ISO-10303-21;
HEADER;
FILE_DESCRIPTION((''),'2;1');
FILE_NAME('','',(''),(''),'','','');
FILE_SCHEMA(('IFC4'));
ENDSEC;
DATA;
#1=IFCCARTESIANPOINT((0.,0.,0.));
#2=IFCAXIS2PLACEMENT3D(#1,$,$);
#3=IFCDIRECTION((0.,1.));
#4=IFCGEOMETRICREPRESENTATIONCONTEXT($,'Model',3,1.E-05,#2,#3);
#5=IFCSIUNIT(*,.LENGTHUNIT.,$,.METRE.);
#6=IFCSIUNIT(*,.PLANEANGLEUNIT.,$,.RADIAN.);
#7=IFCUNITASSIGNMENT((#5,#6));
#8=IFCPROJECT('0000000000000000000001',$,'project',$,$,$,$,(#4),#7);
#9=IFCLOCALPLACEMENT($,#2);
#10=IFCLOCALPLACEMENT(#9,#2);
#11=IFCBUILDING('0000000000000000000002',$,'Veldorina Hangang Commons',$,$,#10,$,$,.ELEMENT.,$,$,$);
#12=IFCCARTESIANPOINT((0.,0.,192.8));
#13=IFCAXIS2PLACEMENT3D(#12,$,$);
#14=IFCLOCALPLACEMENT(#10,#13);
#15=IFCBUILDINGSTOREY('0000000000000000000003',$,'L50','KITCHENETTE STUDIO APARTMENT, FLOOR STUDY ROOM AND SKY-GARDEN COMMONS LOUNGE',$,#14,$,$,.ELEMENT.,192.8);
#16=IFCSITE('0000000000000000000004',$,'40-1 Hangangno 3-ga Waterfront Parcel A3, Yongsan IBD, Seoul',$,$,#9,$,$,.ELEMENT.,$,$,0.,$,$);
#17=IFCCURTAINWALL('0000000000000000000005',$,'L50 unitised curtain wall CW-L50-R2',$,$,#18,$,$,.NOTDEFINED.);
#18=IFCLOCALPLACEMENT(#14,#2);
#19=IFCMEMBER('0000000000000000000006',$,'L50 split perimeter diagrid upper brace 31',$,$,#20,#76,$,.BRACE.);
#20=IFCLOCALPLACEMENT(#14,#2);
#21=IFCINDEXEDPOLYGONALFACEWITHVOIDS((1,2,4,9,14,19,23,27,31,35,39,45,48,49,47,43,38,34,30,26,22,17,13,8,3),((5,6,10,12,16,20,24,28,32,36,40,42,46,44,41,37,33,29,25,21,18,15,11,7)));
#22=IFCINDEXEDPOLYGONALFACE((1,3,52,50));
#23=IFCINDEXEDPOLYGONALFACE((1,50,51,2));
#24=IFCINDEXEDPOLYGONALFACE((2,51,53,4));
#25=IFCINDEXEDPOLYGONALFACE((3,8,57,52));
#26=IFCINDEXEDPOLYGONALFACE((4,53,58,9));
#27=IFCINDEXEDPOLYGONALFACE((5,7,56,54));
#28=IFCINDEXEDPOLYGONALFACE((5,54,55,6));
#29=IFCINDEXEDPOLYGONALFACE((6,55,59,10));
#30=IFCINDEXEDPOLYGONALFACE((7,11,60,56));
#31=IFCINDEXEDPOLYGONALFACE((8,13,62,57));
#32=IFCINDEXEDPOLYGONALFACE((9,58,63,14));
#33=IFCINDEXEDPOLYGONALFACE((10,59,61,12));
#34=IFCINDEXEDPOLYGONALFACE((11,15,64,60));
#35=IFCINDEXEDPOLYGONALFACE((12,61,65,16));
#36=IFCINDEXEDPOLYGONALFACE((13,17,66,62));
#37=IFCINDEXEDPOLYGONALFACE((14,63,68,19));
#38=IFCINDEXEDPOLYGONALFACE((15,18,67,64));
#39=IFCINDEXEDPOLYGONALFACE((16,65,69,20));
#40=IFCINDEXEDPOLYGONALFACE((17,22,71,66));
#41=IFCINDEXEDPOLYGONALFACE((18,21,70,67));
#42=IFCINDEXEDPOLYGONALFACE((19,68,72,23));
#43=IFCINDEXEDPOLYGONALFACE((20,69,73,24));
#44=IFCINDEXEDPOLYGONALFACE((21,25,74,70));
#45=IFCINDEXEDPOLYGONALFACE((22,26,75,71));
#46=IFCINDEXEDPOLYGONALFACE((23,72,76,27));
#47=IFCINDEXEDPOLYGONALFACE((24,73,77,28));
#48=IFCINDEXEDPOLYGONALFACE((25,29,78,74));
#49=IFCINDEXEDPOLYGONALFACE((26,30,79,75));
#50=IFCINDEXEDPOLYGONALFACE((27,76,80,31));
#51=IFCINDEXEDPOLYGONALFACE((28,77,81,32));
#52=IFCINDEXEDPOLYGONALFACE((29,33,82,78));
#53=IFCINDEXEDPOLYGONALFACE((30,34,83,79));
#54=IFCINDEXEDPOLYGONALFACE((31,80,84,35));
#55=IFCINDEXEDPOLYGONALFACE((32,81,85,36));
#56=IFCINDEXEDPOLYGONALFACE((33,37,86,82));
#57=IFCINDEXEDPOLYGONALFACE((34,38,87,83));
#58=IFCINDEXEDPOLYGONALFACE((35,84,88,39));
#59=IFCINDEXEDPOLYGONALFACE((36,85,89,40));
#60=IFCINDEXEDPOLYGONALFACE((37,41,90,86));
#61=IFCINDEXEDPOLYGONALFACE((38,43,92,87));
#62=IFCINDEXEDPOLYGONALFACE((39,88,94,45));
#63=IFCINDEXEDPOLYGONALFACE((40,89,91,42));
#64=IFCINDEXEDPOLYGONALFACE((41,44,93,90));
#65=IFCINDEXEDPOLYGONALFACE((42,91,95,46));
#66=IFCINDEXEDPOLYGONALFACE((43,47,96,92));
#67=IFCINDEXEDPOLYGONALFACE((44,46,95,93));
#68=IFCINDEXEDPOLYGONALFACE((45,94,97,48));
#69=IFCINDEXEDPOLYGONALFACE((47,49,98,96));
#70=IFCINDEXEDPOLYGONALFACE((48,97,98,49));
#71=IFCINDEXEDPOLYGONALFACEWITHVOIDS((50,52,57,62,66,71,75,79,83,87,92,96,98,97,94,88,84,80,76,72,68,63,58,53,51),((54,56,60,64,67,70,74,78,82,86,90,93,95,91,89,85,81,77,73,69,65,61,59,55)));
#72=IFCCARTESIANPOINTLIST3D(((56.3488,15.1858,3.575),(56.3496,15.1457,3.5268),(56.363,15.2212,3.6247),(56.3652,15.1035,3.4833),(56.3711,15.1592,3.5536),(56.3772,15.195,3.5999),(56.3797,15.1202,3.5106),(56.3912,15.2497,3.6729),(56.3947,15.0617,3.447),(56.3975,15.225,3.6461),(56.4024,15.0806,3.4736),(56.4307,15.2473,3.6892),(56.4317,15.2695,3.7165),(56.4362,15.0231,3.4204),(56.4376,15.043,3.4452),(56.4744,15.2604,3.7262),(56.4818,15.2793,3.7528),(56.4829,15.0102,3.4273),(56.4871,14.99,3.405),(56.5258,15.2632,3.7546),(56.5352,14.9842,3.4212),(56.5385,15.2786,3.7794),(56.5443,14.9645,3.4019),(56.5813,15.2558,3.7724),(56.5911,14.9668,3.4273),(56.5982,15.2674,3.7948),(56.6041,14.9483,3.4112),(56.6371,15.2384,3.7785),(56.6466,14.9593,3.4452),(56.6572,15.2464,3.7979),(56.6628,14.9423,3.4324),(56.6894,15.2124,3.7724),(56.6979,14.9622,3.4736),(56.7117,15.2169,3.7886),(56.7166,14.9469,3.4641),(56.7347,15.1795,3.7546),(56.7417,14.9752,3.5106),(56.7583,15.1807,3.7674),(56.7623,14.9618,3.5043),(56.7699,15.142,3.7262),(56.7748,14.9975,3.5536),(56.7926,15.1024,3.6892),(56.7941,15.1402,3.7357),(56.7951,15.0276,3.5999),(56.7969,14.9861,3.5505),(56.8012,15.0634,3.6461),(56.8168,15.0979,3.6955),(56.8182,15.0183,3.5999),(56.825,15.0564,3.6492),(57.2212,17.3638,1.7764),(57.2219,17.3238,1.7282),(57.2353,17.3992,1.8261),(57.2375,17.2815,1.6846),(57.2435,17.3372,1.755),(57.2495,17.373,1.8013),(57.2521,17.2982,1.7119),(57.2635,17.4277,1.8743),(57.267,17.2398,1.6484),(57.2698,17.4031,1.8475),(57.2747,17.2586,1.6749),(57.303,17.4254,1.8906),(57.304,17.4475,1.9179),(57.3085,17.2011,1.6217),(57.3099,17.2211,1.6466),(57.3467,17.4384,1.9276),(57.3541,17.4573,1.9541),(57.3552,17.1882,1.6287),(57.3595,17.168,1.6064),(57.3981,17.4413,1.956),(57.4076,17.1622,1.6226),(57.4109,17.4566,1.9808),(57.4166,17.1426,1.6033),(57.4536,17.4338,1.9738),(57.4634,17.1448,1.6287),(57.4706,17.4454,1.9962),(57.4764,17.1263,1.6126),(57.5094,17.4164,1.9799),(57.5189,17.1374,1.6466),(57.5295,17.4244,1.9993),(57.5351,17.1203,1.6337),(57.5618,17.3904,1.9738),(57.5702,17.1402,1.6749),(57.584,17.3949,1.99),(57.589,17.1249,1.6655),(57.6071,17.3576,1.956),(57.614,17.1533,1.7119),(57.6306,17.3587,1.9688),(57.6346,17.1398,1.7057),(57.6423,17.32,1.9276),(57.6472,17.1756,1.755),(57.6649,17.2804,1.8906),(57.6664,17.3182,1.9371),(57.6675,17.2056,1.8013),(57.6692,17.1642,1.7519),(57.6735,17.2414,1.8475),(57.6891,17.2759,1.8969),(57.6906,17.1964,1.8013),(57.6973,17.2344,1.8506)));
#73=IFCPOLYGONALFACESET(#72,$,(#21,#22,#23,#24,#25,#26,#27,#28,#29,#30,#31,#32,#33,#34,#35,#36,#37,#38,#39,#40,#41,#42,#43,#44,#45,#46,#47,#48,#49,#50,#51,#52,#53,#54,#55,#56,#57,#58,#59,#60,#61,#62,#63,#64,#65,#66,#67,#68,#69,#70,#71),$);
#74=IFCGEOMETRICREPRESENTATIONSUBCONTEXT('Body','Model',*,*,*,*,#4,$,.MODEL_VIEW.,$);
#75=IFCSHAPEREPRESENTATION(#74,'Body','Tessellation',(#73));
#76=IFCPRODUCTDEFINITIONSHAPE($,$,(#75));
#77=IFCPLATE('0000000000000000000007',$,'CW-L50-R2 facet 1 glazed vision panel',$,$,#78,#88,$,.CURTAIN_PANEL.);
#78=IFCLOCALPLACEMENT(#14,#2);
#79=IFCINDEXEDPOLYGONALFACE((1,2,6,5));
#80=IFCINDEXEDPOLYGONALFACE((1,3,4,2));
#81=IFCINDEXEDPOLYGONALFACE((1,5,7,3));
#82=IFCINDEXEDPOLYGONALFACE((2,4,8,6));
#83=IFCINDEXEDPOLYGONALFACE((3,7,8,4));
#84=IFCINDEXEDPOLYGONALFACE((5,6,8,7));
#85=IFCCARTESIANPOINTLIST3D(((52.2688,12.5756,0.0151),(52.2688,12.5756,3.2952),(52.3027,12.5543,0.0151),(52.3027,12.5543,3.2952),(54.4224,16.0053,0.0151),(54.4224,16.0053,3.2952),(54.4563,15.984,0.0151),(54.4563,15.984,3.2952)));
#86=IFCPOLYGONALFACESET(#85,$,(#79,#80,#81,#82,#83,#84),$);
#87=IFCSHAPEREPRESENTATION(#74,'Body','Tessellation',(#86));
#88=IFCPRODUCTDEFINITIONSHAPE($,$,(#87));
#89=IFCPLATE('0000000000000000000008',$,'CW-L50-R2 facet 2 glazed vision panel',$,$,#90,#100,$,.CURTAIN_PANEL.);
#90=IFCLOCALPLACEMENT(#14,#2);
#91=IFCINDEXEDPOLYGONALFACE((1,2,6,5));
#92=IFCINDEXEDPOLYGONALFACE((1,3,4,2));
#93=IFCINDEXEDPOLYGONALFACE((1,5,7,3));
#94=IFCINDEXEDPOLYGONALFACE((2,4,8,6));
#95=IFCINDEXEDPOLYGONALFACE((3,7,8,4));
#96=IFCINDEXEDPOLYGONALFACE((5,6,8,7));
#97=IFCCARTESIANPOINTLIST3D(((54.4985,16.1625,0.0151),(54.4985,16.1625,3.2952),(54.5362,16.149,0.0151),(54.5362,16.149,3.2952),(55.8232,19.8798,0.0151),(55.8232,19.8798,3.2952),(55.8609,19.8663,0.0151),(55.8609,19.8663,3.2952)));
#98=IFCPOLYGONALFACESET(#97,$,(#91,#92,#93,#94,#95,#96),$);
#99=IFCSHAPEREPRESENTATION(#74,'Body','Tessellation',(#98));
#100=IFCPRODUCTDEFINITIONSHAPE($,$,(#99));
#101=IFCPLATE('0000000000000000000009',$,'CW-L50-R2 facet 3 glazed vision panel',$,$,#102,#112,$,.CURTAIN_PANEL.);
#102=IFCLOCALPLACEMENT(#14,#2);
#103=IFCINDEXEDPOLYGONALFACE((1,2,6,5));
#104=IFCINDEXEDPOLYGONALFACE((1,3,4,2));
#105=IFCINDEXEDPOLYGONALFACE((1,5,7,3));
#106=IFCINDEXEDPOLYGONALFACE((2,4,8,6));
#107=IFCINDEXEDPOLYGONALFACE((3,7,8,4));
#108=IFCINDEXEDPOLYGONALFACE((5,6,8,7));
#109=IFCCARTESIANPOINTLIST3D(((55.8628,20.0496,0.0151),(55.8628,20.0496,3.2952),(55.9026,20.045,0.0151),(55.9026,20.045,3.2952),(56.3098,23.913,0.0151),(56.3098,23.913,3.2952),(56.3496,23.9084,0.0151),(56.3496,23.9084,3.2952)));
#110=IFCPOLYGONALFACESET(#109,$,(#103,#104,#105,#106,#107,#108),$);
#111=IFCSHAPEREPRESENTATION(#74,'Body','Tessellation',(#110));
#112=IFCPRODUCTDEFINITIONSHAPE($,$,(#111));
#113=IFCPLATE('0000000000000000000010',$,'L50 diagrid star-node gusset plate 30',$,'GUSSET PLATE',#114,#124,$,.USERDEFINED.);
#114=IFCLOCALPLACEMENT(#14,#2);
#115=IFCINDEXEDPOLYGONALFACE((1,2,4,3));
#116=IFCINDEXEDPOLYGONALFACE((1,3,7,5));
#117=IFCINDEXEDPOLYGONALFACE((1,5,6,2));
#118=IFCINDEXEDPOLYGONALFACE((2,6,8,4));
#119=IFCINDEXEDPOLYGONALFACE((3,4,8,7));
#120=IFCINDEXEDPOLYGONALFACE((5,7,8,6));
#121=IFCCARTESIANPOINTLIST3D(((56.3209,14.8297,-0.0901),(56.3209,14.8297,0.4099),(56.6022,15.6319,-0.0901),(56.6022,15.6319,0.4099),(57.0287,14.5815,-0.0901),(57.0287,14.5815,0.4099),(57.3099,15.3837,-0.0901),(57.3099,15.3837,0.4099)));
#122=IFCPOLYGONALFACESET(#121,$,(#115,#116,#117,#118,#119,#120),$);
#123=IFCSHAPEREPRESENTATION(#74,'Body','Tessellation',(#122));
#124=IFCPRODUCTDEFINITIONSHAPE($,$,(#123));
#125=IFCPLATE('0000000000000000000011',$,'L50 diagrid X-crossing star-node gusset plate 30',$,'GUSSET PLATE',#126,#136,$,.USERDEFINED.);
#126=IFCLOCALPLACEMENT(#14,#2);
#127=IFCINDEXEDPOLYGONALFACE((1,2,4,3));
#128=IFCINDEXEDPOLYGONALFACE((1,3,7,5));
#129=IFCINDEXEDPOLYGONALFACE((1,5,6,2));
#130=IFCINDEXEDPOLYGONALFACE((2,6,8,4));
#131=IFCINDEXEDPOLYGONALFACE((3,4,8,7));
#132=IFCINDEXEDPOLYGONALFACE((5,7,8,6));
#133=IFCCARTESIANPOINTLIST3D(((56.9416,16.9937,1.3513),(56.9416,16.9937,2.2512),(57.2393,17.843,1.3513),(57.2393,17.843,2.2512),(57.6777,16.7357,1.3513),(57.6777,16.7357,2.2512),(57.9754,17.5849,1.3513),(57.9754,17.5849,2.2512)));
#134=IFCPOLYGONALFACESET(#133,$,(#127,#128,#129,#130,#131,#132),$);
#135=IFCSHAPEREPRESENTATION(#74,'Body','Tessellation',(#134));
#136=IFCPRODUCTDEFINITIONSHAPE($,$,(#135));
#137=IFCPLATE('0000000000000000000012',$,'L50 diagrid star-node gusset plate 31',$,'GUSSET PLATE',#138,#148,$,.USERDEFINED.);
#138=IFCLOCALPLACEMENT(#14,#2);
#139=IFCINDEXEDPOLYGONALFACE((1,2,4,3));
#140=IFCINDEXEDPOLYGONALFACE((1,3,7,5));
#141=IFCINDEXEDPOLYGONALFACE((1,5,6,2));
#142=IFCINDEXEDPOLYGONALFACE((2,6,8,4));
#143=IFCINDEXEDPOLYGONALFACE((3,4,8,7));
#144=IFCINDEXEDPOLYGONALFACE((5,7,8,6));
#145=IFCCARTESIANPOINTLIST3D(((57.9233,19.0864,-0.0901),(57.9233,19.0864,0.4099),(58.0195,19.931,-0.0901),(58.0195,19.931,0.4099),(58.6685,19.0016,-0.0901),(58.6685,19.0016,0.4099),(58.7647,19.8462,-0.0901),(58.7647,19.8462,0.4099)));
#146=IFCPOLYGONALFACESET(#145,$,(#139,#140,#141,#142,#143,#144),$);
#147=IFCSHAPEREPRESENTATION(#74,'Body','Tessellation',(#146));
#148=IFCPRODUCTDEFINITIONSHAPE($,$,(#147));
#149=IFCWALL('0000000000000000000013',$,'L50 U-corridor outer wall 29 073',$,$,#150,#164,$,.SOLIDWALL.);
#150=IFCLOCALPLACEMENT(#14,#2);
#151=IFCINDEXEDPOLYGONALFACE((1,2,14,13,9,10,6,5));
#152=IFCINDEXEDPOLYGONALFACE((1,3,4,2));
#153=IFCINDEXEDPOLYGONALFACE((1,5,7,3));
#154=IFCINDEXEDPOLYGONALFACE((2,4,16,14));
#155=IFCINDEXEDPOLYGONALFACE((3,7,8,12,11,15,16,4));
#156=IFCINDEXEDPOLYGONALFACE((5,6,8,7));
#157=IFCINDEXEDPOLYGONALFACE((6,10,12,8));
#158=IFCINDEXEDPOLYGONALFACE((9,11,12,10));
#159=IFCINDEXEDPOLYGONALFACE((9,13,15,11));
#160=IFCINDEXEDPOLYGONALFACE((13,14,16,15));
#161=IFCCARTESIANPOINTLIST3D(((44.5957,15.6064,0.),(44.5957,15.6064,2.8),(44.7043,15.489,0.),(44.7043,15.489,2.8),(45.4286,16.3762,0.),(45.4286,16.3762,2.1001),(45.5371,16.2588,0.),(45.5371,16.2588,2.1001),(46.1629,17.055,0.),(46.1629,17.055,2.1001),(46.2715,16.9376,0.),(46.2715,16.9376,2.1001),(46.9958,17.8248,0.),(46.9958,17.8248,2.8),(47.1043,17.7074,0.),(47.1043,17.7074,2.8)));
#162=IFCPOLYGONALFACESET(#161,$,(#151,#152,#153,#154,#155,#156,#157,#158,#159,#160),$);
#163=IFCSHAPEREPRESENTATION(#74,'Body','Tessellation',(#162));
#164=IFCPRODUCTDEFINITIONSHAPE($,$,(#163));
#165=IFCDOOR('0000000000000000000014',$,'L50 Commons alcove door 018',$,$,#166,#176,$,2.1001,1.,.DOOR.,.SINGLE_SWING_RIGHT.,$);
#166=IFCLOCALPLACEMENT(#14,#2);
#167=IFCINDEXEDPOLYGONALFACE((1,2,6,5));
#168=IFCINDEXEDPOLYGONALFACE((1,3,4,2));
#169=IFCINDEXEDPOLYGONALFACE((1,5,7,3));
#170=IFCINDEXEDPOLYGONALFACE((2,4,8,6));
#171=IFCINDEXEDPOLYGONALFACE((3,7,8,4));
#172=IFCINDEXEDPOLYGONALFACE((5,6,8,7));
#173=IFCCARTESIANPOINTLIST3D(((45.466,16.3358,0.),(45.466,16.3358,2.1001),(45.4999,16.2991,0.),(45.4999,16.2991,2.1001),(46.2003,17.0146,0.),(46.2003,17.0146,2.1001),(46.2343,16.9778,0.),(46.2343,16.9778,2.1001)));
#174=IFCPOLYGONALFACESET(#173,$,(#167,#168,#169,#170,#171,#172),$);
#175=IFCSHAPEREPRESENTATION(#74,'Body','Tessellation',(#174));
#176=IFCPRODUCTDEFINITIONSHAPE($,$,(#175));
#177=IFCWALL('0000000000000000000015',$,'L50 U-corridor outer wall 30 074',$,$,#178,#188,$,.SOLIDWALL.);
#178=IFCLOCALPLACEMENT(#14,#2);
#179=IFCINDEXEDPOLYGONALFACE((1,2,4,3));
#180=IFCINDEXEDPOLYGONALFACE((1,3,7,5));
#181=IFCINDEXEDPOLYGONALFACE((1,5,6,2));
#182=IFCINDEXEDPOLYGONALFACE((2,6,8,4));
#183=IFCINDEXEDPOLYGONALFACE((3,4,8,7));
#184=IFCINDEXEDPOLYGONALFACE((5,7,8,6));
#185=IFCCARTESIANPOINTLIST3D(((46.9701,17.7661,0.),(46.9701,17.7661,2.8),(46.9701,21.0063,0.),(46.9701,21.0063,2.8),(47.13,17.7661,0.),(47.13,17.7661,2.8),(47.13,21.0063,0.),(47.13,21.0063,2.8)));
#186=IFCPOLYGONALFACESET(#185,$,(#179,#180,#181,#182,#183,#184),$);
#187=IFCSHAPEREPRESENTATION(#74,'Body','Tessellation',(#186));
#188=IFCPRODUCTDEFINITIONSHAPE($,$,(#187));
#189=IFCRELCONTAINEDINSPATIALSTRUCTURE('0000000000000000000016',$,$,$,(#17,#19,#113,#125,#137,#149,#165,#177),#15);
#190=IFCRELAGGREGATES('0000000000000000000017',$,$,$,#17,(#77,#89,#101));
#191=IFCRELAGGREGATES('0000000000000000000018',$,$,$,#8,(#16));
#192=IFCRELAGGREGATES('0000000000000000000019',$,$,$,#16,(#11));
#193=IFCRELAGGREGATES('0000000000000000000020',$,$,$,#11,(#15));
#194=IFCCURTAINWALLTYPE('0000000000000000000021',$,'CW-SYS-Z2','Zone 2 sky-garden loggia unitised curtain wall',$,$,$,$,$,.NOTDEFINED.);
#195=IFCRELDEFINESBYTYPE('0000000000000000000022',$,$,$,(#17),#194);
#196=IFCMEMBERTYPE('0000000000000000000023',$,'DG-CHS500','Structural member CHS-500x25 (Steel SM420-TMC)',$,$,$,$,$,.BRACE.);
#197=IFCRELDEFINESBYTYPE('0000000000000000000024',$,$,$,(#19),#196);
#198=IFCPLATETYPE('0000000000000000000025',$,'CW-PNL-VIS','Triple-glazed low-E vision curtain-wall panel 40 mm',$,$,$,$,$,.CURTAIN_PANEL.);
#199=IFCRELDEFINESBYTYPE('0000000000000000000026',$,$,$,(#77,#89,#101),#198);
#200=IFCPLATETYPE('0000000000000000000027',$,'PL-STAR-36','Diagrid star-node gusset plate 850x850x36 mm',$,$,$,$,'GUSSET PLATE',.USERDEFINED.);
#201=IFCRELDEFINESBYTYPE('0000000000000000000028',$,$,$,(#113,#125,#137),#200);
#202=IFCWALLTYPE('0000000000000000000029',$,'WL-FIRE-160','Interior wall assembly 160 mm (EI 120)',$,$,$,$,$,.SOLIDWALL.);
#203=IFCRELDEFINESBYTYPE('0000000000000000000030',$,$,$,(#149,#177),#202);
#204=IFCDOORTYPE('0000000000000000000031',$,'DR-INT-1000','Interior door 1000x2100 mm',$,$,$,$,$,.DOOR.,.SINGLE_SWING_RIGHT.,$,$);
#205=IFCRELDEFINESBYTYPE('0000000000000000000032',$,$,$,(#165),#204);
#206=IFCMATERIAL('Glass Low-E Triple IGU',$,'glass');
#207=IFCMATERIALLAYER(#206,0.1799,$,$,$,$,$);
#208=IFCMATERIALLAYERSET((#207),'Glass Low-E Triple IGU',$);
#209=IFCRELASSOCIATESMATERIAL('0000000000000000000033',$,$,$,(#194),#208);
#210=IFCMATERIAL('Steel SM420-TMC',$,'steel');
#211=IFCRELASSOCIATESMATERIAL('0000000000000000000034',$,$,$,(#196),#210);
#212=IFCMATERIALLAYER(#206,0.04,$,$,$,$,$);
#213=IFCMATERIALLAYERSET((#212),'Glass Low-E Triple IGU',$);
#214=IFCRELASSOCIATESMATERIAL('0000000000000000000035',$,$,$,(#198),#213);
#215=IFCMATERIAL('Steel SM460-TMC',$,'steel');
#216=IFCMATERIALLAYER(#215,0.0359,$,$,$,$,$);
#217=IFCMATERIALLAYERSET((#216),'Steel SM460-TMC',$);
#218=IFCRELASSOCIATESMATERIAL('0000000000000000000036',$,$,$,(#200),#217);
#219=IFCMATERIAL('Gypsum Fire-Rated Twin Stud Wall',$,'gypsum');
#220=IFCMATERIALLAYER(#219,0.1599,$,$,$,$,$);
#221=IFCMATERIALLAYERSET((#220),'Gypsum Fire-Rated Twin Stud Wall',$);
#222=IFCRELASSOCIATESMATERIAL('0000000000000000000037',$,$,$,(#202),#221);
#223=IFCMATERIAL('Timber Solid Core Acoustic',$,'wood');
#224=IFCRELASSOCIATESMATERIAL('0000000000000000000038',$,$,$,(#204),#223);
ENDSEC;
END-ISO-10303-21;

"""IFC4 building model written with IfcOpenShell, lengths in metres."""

from ifc_helpers import new_model, si_unit, direction, frame, frame_2d, origin, origin_2d, place, context, subcontext, project, spatial, rectangle, hollow_circle, extrude, material, layer, layer_set, material_profile, profile_set, type_object, element, fill, aggregate, save


model = new_model("IFC4")

# Units and contexts
model_context = context("Model", 3, precision=1e-05, world=origin(), true_north=direction((0.0, 1.0)))
body_context = subcontext(model_context, "Body", "Model", "MODEL_VIEW")
ifc_project = project(units=[si_unit("LENGTHUNIT", "METRE"), si_unit("PLANEANGLEUNIT", "RADIAN")], contexts=[model_context])

# Site, building, storey
site_placement = place(None, origin())
site = spatial("IfcSite", under=ifc_project, at=site_placement, Name="40-1 Hangangno 3-ga Waterfront Parcel A3, Yongsan IBD, Seoul", CompositionType="ELEMENT", RefElevation=0.0)
building_placement = place(site_placement, origin())
building = spatial("IfcBuilding", under=site, at=building_placement, Name="Veldorina Hangang Commons", CompositionType="ELEMENT")
storey_placement = place(building_placement, frame((0.0, 0.0, 192.8)))
storey = spatial("IfcBuildingStorey", under=building, at=storey_placement, Name="L50", Description="KITCHENETTE STUDIO APARTMENT, FLOOR STUDY ROOM AND SKY-GARDEN COMMONS LOUNGE", CompositionType="ELEMENT", Elevation=192.8)

# Shared definitions
ifc_material_1 = material(Name="Steel SM420-TMC", Category="steel")

# Curtain wall
ifc_material_2 = material(Name="Glass Low-E Triple IGU", Category="glass")
ifc_layer_1 = layer(ifc_material_2, 0.1799)
ifc_layer_set_1 = layer_set([ifc_layer_1], Name="Glass Low-E Triple IGU")
curtain_wall_type = type_object("IfcCurtainWallType", Name="CW-SYS-Z2", Description="Zone 2 sky-garden loggia unitised curtain wall", PredefinedType="NOTDEFINED", material=ifc_layer_set_1)
curtain_wall_placement = place(storey_placement, origin())
curtain_wall = element("IfcCurtainWall", 1, at=curtain_wall_placement, inside=storey, type_object=curtain_wall_type, Name="L50 unitised curtain wall CW-L50-R2", PredefinedType="NOTDEFINED")

# Member
ifc_material_profile_1 = material_profile(ifc_material_1, hollow_circle(Radius=0.25, WallThickness=0.0249, at=origin_2d()), Name="CHS-500x25")
ifc_profile_set_1 = profile_set([ifc_material_profile_1], Name="Steel SM420-TMC")
member_type_1 = type_object("IfcMemberType", Name="DG-CHS500", Description="Structural member CHS-500x25 (Steel SM420-TMC)", PredefinedType="BRACE", material=ifc_profile_set_1)
member_1_placement = place(storey_placement, frame((57.4585, 17.2893, 1.8013), z_axis=(-0.295074, -0.736736, 0.6084), x_axis=(0.928312, -0.371803, 0.0)))
element("IfcMember", 2, at=member_1_placement, inside=storey, type_object=member_type_1, Name="L50 split perimeter diagrid upper brace 31", PredefinedType="BRACE", context=body_context, shape_type="SweptSolid", body=[
    extrude(hollow_circle(Radius=0.25, WallThickness=0.0249, at=origin_2d()), origin(), (0.0, 0.0, 1.0), 2.9563),
])

# Plates
ifc_layer_2 = layer(ifc_material_2, 0.04)
ifc_layer_set_2 = layer_set([ifc_layer_2], Name="Glass Low-E Triple IGU")
plate_type_1 = type_object("IfcPlateType", Name="CW-PNL-VIS", Description="Triple-glazed low-E vision curtain-wall panel 40 mm", PredefinedType="CURTAIN_PANEL", material=ifc_layer_set_2)
plate_1_placement = place(storey_placement, frame((53.3625, 14.2798, 0.0151), z_axis=(0.0, 0.0, 1.0), x_axis=(0.531768, 0.84689, 0.0)))
plate_1 = element("IfcPlate", 3, at=plate_1_placement, type_object=plate_type_1, Name="CW-L50-R2 facet 1 glazed vision panel", PredefinedType="CURTAIN_PANEL", context=body_context, shape_type="SweptSolid", body=[
    extrude(rectangle(XDim=4.0498, YDim=0.04, at=origin_2d()), origin(), (0.0, 0.0, 1.0), 3.28),
])
plate_2_placement = place(storey_placement, frame((55.1797, 18.0144, 0.0151), z_axis=(0.0, 0.0, 1.0), x_axis=(0.335682, 0.941975, 0.0)))
plate_2 = element("IfcPlate", 4, at=plate_2_placement, type_object=plate_type_1, Name="CW-L50-R2 facet 2 glazed vision panel", PredefinedType="CURTAIN_PANEL", context=body_context, shape_type="SweptSolid", body=[
    extrude(rectangle(XDim=3.9463, YDim=0.04, at=origin_2d()), origin(), (0.0, 0.0, 1.0), 3.28),
])
plate_3_placement = place(storey_placement, frame((56.1062, 21.979, 0.0151), z_axis=(0.0, 0.0, 1.0), x_axis=(0.114937, 0.993373, 0.0)))
plate_3 = element("IfcPlate", 5, at=plate_3_placement, type_object=plate_type_1, Name="CW-L50-R2 facet 3 glazed vision panel", PredefinedType="CURTAIN_PANEL", context=body_context, shape_type="SweptSolid", body=[
    extrude(rectangle(XDim=3.8892, YDim=0.04, at=origin_2d()), origin(), (0.0, 0.0, 1.0), 3.28),
])
aggregate(curtain_wall, [plate_1, plate_2, plate_3])

# Plates
ifc_material_3 = material(Name="Steel SM460-TMC", Category="steel")
ifc_layer_3 = layer(ifc_material_3, 0.0359)
ifc_layer_set_3 = layer_set([ifc_layer_3], Name="Steel SM460-TMC")
plate_type_2 = type_object("IfcPlateType", Name="PL-STAR-36", Description="Diagrid star-node gusset plate 850x850x36 mm", ElementType="GUSSET PLATE", PredefinedType="USERDEFINED", material=ifc_layer_set_3)
plate_4_placement = place(storey_placement, frame((56.8154, 15.1067, -0.0901), z_axis=(0.0, 0.0, 1.0), x_axis=(0.33086, 0.94368, 0.0)))
element("IfcPlate", 6, at=plate_4_placement, inside=storey, type_object=plate_type_2, Name="L50 diagrid star-node gusset plate 30", ObjectType="GUSSET PLATE", PredefinedType="USERDEFINED", context=body_context, shape_type="SweptSolid", body=[
    extrude(rectangle(XDim=0.8501, YDim=0.75, at=origin_2d()), origin(), (0.0, 0.0, 1.0), 0.5),
])
plate_5_placement = place(storey_placement, frame((57.4585, 17.2893, 1.3513), z_axis=(0.0, 0.0, 1.0), x_axis=(0.33086, 0.94368, 0.0)))
element("IfcPlate", 7, at=plate_5_placement, inside=storey, type_object=plate_type_2, Name="L50 diagrid X-crossing star-node gusset plate 30", ObjectType="GUSSET PLATE", PredefinedType="USERDEFINED", context=body_context, shape_type="SweptSolid", body=[
    extrude(rectangle(XDim=0.8999, YDim=0.78, at=origin_2d()), origin(), (0.0, 0.0, 1.0), 0.8999),
])
plate_6_placement = place(storey_placement, frame((58.344, 19.4663, -0.0901), z_axis=(0.0, 0.0, 1.0), x_axis=(0.113099, 0.993584, 0.0)))
element("IfcPlate", 8, at=plate_6_placement, inside=storey, type_object=plate_type_2, Name="L50 diagrid star-node gusset plate 31", ObjectType="GUSSET PLATE", PredefinedType="USERDEFINED", context=body_context, shape_type="SweptSolid", body=[
    extrude(rectangle(XDim=0.8501, YDim=0.75, at=origin_2d()), origin(), (0.0, 0.0, 1.0), 0.5),
])

# Wall, opening, door
ifc_material_4 = material(Name="Gypsum Fire-Rated Twin Stud Wall", Category="gypsum")
ifc_layer_4 = layer(ifc_material_4, 0.1599)
ifc_layer_set_4 = layer_set([ifc_layer_4], Name="Gypsum Fire-Rated Twin Stud Wall")
wall_type_1 = type_object("IfcWallType", Name="WL-FIRE-160", Description="Interior wall assembly 160 mm (EI 120)", PredefinedType="SOLIDWALL", material=ifc_layer_set_4)
wall_1_placement = place(storey_placement, frame((44.6499, 15.5476, 0.0), z_axis=(0.0, 0.0, 1.0), x_axis=(0.734348, 0.678773, 0.0)))
wall_1 = element("IfcWall", 9, at=wall_1_placement, inside=storey, type_object=wall_type_1, Name="L50 U-corridor outer wall 29 073", PredefinedType="SOLIDWALL", context=body_context, shape_type="SweptSolid", body=[
    extrude(rectangle(XDim=3.2683, YDim=0.1599, at=frame_2d((1.6343, 0.0))), origin(), (0.0, 0.0, 1.0), 2.8),
])
opening_placement = place(wall_1_placement, frame((1.1343, 0.0, 0.0)))
opening = element("IfcOpeningElement", 10, at=opening_placement, cuts=wall_1, PredefinedType="OPENING", context=body_context, shape_type="SweptSolid", body=[
    extrude(rectangle(XDim=1.0, YDim=2.1001, at=frame_2d((0.5, 1.05))), frame((0.0, 0.0898, 0.0), z_axis=(0.0, -1.0, 0.0), x_axis=(1.0, 0.0, 0.0)), (0.0, 0.0, 1.0), 0.1799),
])
ifc_material_5 = material(Name="Timber Solid Core Acoustic", Category="wood")
door_type = type_object("IfcDoorType", Name="DR-INT-1000", Description="Interior door 1000x2100 mm", OperationType="SINGLE_SWING_RIGHT", PredefinedType="DOOR", material=ifc_material_5)
door_placement = place(opening_placement, origin())
door = element("IfcDoor", 11, at=door_placement, inside=storey, type_object=door_type, Name="L50 Commons alcove door 018", OperationType="SINGLE_SWING_RIGHT", OverallHeight=2.1001, OverallWidth=1.0, PredefinedType="DOOR", context=body_context, shape_type="SweptSolid", body=[
    extrude(rectangle(XDim=1.0, YDim=2.1001, at=frame_2d((0.5, 1.05))), frame((0.0, 0.0249, 0.0), z_axis=(0.0, -1.0, 0.0), x_axis=(1.0, 0.0, 0.0)), (0.0, 0.0, 1.0), 0.05),
])
fill(opening, door)

# Wall
wall_2_placement = place(storey_placement, frame((47.05, 17.7661, 0.0), z_axis=(0.0, 0.0, 1.0), x_axis=(0.0, 1.0, 0.0)))
element("IfcWall", 12, at=wall_2_placement, inside=storey, type_object=wall_type_1, Name="L50 U-corridor outer wall 30 074", PredefinedType="SOLIDWALL", context=body_context, shape_type="SweptSolid", body=[
    extrude(rectangle(XDim=3.2402, YDim=0.1599, at=frame_2d((1.6201, 0.0))), origin(), (0.0, 0.0, 1.0), 2.8),
])

save(model, "model.ifc")
